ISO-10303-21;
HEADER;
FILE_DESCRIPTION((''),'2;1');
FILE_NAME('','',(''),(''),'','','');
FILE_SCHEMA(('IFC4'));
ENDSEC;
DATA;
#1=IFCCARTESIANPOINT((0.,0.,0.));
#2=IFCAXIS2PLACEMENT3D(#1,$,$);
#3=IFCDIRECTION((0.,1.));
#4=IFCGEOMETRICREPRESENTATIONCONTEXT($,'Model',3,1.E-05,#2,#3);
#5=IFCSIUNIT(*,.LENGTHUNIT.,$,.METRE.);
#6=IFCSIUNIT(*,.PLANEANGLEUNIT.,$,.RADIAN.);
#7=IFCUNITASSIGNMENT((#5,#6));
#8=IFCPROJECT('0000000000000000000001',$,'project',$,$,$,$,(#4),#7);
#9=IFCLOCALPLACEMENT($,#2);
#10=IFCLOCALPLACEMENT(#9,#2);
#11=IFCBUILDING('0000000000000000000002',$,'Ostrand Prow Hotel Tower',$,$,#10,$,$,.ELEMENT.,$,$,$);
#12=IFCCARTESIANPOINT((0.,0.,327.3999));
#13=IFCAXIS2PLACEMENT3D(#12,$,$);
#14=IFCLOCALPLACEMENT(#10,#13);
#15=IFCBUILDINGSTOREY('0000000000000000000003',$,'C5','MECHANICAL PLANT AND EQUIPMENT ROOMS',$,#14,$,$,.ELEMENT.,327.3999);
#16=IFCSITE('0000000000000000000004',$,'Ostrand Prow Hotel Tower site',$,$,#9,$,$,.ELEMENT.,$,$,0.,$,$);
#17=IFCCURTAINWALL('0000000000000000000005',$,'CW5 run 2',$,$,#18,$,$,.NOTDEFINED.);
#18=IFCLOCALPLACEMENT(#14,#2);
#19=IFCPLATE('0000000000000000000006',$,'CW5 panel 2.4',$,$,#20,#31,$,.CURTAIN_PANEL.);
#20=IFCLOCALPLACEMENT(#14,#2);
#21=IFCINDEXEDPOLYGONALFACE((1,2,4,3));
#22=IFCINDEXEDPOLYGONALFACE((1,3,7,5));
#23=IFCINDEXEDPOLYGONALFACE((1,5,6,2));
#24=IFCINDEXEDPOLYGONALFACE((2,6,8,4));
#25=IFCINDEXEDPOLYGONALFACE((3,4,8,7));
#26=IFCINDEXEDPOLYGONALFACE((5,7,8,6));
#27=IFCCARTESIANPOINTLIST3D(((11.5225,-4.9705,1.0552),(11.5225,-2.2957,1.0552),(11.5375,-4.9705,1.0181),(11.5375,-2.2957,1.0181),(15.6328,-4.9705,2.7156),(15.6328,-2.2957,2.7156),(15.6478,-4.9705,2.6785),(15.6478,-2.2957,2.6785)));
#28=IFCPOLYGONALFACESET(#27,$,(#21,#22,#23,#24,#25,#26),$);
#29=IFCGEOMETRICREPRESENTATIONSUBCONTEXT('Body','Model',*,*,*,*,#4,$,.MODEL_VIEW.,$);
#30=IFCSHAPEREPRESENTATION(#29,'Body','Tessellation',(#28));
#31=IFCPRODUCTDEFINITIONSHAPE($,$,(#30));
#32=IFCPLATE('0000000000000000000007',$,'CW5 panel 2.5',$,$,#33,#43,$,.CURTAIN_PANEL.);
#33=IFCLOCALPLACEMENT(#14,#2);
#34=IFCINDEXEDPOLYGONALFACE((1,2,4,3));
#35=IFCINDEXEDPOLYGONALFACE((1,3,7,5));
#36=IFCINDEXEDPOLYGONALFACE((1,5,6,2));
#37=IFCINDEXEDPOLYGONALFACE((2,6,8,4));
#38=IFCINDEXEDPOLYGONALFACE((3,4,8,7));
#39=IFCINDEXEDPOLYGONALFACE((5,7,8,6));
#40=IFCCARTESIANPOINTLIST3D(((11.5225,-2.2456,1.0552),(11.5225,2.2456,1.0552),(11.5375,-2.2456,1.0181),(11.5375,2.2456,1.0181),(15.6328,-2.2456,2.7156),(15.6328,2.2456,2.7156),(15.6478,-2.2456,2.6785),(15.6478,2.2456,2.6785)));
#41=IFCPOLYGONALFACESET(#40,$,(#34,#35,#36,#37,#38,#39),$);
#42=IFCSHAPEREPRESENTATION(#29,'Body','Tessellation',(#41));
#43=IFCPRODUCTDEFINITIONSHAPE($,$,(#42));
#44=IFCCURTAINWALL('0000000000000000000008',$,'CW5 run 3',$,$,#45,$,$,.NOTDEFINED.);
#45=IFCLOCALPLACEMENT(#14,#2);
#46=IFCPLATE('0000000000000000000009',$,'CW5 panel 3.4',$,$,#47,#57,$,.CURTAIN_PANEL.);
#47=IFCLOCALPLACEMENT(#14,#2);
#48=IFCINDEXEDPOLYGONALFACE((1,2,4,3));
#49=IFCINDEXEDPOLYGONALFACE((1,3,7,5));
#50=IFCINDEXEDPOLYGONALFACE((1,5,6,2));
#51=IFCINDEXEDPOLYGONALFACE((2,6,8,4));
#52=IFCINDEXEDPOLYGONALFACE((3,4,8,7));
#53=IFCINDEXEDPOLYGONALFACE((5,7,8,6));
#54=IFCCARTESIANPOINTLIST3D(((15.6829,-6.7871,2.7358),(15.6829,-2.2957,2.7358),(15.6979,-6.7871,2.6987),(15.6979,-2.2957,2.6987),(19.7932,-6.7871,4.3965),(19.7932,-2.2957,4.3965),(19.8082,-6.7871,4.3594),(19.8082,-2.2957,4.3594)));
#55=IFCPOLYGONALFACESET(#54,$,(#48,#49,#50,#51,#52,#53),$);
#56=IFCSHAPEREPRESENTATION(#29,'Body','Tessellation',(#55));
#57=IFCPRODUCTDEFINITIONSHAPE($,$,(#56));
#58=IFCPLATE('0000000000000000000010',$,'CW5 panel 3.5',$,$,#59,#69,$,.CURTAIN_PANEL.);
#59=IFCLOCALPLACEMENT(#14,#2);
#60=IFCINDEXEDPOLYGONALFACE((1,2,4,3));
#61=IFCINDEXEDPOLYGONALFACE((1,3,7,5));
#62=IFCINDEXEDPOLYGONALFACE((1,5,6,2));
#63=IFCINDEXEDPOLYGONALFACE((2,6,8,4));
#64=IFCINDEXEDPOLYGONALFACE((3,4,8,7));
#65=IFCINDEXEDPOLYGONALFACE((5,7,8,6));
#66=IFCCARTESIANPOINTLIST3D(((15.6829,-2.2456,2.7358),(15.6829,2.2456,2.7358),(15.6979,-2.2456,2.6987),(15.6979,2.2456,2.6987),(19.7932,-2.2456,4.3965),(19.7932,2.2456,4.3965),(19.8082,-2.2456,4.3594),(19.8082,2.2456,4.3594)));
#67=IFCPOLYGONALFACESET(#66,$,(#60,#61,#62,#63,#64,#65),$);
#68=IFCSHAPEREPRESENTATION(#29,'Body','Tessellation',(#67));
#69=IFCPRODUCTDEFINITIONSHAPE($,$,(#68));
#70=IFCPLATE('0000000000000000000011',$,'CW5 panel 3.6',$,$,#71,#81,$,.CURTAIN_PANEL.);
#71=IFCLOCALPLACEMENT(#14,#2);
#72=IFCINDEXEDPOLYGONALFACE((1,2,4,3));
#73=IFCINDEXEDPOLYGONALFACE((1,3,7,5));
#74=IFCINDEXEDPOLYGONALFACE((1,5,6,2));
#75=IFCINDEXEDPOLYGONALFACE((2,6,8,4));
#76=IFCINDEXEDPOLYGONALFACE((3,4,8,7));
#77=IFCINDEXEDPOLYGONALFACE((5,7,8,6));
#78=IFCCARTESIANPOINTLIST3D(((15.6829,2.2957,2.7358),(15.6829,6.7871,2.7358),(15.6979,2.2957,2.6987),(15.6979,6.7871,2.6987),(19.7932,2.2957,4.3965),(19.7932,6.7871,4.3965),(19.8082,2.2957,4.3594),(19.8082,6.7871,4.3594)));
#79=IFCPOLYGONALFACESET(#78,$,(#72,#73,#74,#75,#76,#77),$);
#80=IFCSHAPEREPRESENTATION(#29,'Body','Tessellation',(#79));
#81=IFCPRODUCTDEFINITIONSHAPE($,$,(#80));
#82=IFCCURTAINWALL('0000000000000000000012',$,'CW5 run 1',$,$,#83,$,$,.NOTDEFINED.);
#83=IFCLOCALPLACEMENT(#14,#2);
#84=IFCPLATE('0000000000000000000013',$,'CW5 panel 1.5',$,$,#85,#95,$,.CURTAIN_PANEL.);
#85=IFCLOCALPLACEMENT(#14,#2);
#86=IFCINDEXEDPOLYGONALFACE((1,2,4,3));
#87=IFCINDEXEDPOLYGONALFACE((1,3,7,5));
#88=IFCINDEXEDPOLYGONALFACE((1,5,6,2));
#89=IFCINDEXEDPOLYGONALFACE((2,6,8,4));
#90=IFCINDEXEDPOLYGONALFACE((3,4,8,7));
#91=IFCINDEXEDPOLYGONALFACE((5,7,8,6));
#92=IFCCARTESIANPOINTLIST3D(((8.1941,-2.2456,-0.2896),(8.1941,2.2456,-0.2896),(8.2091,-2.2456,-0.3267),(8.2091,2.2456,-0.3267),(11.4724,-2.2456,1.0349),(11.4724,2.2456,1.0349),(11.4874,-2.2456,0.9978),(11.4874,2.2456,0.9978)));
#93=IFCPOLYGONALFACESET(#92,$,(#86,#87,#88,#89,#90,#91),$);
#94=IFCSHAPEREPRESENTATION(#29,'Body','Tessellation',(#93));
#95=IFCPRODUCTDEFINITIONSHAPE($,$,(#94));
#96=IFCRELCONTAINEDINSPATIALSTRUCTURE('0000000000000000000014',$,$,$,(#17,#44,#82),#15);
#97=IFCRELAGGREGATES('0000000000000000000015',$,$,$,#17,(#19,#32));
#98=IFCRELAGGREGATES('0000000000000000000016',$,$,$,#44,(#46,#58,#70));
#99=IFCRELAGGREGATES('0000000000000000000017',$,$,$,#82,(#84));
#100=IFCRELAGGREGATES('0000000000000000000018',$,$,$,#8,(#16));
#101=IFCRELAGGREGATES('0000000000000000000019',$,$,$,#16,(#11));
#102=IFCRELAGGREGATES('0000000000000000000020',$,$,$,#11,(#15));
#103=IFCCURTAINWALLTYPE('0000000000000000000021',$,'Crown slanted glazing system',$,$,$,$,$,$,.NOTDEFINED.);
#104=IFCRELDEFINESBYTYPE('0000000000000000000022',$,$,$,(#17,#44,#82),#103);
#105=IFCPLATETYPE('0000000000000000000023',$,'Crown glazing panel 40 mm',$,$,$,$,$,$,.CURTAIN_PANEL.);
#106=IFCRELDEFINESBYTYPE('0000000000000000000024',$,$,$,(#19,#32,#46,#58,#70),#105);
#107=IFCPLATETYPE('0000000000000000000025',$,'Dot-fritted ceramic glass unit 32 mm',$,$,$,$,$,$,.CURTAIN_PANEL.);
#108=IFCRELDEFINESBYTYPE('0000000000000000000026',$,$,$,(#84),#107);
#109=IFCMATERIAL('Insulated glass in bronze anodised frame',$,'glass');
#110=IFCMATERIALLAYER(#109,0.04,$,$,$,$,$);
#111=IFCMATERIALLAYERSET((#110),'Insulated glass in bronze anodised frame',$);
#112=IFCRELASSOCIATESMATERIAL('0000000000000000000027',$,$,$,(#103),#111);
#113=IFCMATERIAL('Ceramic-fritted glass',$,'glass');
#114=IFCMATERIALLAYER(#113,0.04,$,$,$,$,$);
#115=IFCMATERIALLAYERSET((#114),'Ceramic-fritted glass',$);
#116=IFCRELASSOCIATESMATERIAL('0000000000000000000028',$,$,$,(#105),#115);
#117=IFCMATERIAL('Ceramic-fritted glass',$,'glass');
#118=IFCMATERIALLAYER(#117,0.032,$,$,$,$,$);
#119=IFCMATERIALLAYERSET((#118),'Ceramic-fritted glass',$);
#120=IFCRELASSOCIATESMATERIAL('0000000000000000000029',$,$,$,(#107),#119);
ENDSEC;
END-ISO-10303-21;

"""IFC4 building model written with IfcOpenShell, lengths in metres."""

from ifc_helpers import new_model, si_unit, direction, frame, origin, place, context, subcontext, project, spatial, polyline, outline, extrude, material, layer, layer_set, type_object, element, aggregate, save


model = new_model("IFC4")

# Units and contexts
model_context = context("Model", 3, precision=1e-05, world=origin(), true_north=direction((0.0, 1.0)))
body_context = subcontext(model_context, "Body", "Model", "MODEL_VIEW")
ifc_project = project(units=[si_unit("LENGTHUNIT", "METRE"), si_unit("PLANEANGLEUNIT", "RADIAN")], contexts=[model_context])

# Site, building, storey
site_placement = place(None, origin())
site = spatial("IfcSite", under=ifc_project, at=site_placement, Name="Ostrand Prow Hotel Tower site", CompositionType="ELEMENT", RefElevation=0.0)
building_placement = place(site_placement, origin())
building = spatial("IfcBuilding", under=site, at=building_placement, Name="Ostrand Prow Hotel Tower", CompositionType="ELEMENT")
storey_placement = place(building_placement, frame((0.0, 0.0, 327.3999)))
storey = spatial("IfcBuildingStorey", under=building, at=storey_placement, Name="C5", Description="MECHANICAL PLANT AND EQUIPMENT ROOMS", CompositionType="ELEMENT", Elevation=327.3999)

# Curtain walls, plates
ifc_material_1 = material(Name="Insulated glass in bronze anodised frame", Category="glass")
ifc_layer_1 = layer(ifc_material_1, 0.04)
ifc_layer_set_1 = layer_set([ifc_layer_1], Name="Insulated glass in bronze anodised frame")
curtain_wall_type = type_object("IfcCurtainWallType", Name="Crown slanted glazing system", PredefinedType="NOTDEFINED", material=ifc_layer_set_1)
curtain_wall_1_placement = place(storey_placement, origin())
curtain_wall_1 = element("IfcCurtainWall", 1, at=curtain_wall_1_placement, inside=storey, type_object=curtain_wall_type, Name="CW5 run 2", PredefinedType="NOTDEFINED")
ifc_material_2 = material(Name="Ceramic-fritted glass", Category="glass")
ifc_layer_2 = layer(ifc_material_2, 0.04)
ifc_layer_set_2 = layer_set([ifc_layer_2], Name="Ceramic-fritted glass")
plate_type_1 = type_object("IfcPlateType", Name="Crown glazing panel 40 mm", PredefinedType="CURTAIN_PANEL", material=ifc_layer_set_2)
plate_1_placement = place(storey_placement, frame((15.6328, -4.9705, 2.7156), z_axis=(-0.37455, 0.0, 0.927207), x_axis=(0.0, 1.0, 0.0)))
plate_1 = element("IfcPlate", 2, at=plate_1_placement, type_object=plate_type_1, Name="CW5 panel 2.4", PredefinedType="CURTAIN_PANEL", context=body_context, shape_type="SweptSolid", body=[
    extrude(outline(polyline([(0.0, 0.0), (2.6748, 0.0), (2.6748, 4.433), (0.0, 4.433), (0.0, 0.0)])), origin(), (0.0, 0.0, -1.0), 0.04),
])
plate_2_placement = place(storey_placement, frame((11.5225, -2.2456, 1.0552), z_axis=(-0.37455, 0.0, 0.927207), x_axis=(0.927207, 0.0, 0.37455)))
plate_2 = element("IfcPlate", 3, at=plate_2_placement, type_object=plate_type_1, Name="CW5 panel 2.5", PredefinedType="CURTAIN_PANEL", context=body_context, shape_type="SweptSolid", body=[
    extrude(outline(polyline([(0.0, 0.0), (4.433, 0.0), (4.433, 4.4912), (0.0, 4.4912), (0.0, 0.0)])), origin(), (0.0, 0.0, -1.0), 0.04),
])
aggregate(curtain_wall_1, [plate_1, plate_2])
curtain_wall_2_placement = place(storey_placement, origin())
curtain_wall_2 = element("IfcCurtainWall", 4, at=curtain_wall_2_placement, inside=storey, type_object=curtain_wall_type, Name="CW5 run 3", PredefinedType="NOTDEFINED")
plate_3_placement = place(storey_placement, frame((15.6829, -6.7871, 2.7358), z_axis=(-0.374598, 0.0, 0.927187), x_axis=(0.927187, 0.0, 0.374598)))
plate_3 = element("IfcPlate", 5, at=plate_3_placement, type_object=plate_type_1, Name="CW5 panel 3.4", PredefinedType="CURTAIN_PANEL", context=body_context, shape_type="SweptSolid", body=[
    extrude(outline(polyline([(0.0, 0.0), (4.4331, 0.0), (4.4331, 4.4915), (0.0, 4.4915), (0.0, 0.0)])), origin(), (0.0, 0.0, -1.0), 0.04),
])
plate_4_placement = place(storey_placement, frame((15.6829, -2.2456, 2.7358), z_axis=(-0.374598, 0.0, 0.927187), x_axis=(0.927187, 0.0, 0.374598)))
plate_4 = element("IfcPlate", 6, at=plate_4_placement, type_object=plate_type_1, Name="CW5 panel 3.5", PredefinedType="CURTAIN_PANEL", context=body_context, shape_type="SweptSolid", body=[
    extrude(outline(polyline([(0.0, 0.0), (4.4331, 0.0), (4.4331, 4.4912), (0.0, 4.4912), (0.0, 0.0)])), origin(), (0.0, 0.0, -1.0), 0.04),
])
plate_5_placement = place(storey_placement, frame((15.6829, 2.2957, 2.7358), z_axis=(-0.374598, 0.0, 0.927187), x_axis=(0.927187, 0.0, 0.374598)))
plate_5 = element("IfcPlate", 7, at=plate_5_placement, type_object=plate_type_1, Name="CW5 panel 3.6", PredefinedType="CURTAIN_PANEL", context=body_context, shape_type="SweptSolid", body=[
    extrude(outline(polyline([(0.0, 0.0), (4.4331, 0.0), (4.4331, 4.4915), (0.0, 4.4915), (0.0, 0.0)])), origin(), (0.0, 0.0, -1.0), 0.04),
])
aggregate(curtain_wall_2, [plate_3, plate_4, plate_5])

# Curtain wall, plate
curtain_wall_3_placement = place(storey_placement, origin())
curtain_wall_3 = element("IfcCurtainWall", 8, at=curtain_wall_3_placement, inside=storey, type_object=curtain_wall_type, Name="CW5 run 1", PredefinedType="NOTDEFINED")
ifc_material_3 = material(Name="Ceramic-fritted glass", Category="glass")
ifc_layer_3 = layer(ifc_material_3, 0.032)
ifc_layer_set_3 = layer_set([ifc_layer_3], Name="Ceramic-fritted glass")
plate_type_2 = type_object("IfcPlateType", Name="Dot-fritted ceramic glass unit 32 mm", PredefinedType="CURTAIN_PANEL", material=ifc_layer_set_3)
plate_6_placement = place(storey_placement, frame((11.4724, -2.2456, 1.0349), z_axis=(-0.374591, 0.0, 0.92719), x_axis=(0.0, 1.0, 0.0)))
plate_6 = element("IfcPlate", 9, at=plate_6_placement, type_object=plate_type_2, Name="CW5 panel 1.5", PredefinedType="CURTAIN_PANEL", context=body_context, shape_type="SweptSolid", body=[
    extrude(outline(polyline([(0.0, 0.0), (4.4912, 0.0), (4.4912, 3.5358), (0.0, 3.5358), (0.0, 0.0)])), origin(), (0.0, 0.0, -1.0), 0.04),
])
aggregate(curtain_wall_3, [plate_6])

save(model, "model.ifc")
